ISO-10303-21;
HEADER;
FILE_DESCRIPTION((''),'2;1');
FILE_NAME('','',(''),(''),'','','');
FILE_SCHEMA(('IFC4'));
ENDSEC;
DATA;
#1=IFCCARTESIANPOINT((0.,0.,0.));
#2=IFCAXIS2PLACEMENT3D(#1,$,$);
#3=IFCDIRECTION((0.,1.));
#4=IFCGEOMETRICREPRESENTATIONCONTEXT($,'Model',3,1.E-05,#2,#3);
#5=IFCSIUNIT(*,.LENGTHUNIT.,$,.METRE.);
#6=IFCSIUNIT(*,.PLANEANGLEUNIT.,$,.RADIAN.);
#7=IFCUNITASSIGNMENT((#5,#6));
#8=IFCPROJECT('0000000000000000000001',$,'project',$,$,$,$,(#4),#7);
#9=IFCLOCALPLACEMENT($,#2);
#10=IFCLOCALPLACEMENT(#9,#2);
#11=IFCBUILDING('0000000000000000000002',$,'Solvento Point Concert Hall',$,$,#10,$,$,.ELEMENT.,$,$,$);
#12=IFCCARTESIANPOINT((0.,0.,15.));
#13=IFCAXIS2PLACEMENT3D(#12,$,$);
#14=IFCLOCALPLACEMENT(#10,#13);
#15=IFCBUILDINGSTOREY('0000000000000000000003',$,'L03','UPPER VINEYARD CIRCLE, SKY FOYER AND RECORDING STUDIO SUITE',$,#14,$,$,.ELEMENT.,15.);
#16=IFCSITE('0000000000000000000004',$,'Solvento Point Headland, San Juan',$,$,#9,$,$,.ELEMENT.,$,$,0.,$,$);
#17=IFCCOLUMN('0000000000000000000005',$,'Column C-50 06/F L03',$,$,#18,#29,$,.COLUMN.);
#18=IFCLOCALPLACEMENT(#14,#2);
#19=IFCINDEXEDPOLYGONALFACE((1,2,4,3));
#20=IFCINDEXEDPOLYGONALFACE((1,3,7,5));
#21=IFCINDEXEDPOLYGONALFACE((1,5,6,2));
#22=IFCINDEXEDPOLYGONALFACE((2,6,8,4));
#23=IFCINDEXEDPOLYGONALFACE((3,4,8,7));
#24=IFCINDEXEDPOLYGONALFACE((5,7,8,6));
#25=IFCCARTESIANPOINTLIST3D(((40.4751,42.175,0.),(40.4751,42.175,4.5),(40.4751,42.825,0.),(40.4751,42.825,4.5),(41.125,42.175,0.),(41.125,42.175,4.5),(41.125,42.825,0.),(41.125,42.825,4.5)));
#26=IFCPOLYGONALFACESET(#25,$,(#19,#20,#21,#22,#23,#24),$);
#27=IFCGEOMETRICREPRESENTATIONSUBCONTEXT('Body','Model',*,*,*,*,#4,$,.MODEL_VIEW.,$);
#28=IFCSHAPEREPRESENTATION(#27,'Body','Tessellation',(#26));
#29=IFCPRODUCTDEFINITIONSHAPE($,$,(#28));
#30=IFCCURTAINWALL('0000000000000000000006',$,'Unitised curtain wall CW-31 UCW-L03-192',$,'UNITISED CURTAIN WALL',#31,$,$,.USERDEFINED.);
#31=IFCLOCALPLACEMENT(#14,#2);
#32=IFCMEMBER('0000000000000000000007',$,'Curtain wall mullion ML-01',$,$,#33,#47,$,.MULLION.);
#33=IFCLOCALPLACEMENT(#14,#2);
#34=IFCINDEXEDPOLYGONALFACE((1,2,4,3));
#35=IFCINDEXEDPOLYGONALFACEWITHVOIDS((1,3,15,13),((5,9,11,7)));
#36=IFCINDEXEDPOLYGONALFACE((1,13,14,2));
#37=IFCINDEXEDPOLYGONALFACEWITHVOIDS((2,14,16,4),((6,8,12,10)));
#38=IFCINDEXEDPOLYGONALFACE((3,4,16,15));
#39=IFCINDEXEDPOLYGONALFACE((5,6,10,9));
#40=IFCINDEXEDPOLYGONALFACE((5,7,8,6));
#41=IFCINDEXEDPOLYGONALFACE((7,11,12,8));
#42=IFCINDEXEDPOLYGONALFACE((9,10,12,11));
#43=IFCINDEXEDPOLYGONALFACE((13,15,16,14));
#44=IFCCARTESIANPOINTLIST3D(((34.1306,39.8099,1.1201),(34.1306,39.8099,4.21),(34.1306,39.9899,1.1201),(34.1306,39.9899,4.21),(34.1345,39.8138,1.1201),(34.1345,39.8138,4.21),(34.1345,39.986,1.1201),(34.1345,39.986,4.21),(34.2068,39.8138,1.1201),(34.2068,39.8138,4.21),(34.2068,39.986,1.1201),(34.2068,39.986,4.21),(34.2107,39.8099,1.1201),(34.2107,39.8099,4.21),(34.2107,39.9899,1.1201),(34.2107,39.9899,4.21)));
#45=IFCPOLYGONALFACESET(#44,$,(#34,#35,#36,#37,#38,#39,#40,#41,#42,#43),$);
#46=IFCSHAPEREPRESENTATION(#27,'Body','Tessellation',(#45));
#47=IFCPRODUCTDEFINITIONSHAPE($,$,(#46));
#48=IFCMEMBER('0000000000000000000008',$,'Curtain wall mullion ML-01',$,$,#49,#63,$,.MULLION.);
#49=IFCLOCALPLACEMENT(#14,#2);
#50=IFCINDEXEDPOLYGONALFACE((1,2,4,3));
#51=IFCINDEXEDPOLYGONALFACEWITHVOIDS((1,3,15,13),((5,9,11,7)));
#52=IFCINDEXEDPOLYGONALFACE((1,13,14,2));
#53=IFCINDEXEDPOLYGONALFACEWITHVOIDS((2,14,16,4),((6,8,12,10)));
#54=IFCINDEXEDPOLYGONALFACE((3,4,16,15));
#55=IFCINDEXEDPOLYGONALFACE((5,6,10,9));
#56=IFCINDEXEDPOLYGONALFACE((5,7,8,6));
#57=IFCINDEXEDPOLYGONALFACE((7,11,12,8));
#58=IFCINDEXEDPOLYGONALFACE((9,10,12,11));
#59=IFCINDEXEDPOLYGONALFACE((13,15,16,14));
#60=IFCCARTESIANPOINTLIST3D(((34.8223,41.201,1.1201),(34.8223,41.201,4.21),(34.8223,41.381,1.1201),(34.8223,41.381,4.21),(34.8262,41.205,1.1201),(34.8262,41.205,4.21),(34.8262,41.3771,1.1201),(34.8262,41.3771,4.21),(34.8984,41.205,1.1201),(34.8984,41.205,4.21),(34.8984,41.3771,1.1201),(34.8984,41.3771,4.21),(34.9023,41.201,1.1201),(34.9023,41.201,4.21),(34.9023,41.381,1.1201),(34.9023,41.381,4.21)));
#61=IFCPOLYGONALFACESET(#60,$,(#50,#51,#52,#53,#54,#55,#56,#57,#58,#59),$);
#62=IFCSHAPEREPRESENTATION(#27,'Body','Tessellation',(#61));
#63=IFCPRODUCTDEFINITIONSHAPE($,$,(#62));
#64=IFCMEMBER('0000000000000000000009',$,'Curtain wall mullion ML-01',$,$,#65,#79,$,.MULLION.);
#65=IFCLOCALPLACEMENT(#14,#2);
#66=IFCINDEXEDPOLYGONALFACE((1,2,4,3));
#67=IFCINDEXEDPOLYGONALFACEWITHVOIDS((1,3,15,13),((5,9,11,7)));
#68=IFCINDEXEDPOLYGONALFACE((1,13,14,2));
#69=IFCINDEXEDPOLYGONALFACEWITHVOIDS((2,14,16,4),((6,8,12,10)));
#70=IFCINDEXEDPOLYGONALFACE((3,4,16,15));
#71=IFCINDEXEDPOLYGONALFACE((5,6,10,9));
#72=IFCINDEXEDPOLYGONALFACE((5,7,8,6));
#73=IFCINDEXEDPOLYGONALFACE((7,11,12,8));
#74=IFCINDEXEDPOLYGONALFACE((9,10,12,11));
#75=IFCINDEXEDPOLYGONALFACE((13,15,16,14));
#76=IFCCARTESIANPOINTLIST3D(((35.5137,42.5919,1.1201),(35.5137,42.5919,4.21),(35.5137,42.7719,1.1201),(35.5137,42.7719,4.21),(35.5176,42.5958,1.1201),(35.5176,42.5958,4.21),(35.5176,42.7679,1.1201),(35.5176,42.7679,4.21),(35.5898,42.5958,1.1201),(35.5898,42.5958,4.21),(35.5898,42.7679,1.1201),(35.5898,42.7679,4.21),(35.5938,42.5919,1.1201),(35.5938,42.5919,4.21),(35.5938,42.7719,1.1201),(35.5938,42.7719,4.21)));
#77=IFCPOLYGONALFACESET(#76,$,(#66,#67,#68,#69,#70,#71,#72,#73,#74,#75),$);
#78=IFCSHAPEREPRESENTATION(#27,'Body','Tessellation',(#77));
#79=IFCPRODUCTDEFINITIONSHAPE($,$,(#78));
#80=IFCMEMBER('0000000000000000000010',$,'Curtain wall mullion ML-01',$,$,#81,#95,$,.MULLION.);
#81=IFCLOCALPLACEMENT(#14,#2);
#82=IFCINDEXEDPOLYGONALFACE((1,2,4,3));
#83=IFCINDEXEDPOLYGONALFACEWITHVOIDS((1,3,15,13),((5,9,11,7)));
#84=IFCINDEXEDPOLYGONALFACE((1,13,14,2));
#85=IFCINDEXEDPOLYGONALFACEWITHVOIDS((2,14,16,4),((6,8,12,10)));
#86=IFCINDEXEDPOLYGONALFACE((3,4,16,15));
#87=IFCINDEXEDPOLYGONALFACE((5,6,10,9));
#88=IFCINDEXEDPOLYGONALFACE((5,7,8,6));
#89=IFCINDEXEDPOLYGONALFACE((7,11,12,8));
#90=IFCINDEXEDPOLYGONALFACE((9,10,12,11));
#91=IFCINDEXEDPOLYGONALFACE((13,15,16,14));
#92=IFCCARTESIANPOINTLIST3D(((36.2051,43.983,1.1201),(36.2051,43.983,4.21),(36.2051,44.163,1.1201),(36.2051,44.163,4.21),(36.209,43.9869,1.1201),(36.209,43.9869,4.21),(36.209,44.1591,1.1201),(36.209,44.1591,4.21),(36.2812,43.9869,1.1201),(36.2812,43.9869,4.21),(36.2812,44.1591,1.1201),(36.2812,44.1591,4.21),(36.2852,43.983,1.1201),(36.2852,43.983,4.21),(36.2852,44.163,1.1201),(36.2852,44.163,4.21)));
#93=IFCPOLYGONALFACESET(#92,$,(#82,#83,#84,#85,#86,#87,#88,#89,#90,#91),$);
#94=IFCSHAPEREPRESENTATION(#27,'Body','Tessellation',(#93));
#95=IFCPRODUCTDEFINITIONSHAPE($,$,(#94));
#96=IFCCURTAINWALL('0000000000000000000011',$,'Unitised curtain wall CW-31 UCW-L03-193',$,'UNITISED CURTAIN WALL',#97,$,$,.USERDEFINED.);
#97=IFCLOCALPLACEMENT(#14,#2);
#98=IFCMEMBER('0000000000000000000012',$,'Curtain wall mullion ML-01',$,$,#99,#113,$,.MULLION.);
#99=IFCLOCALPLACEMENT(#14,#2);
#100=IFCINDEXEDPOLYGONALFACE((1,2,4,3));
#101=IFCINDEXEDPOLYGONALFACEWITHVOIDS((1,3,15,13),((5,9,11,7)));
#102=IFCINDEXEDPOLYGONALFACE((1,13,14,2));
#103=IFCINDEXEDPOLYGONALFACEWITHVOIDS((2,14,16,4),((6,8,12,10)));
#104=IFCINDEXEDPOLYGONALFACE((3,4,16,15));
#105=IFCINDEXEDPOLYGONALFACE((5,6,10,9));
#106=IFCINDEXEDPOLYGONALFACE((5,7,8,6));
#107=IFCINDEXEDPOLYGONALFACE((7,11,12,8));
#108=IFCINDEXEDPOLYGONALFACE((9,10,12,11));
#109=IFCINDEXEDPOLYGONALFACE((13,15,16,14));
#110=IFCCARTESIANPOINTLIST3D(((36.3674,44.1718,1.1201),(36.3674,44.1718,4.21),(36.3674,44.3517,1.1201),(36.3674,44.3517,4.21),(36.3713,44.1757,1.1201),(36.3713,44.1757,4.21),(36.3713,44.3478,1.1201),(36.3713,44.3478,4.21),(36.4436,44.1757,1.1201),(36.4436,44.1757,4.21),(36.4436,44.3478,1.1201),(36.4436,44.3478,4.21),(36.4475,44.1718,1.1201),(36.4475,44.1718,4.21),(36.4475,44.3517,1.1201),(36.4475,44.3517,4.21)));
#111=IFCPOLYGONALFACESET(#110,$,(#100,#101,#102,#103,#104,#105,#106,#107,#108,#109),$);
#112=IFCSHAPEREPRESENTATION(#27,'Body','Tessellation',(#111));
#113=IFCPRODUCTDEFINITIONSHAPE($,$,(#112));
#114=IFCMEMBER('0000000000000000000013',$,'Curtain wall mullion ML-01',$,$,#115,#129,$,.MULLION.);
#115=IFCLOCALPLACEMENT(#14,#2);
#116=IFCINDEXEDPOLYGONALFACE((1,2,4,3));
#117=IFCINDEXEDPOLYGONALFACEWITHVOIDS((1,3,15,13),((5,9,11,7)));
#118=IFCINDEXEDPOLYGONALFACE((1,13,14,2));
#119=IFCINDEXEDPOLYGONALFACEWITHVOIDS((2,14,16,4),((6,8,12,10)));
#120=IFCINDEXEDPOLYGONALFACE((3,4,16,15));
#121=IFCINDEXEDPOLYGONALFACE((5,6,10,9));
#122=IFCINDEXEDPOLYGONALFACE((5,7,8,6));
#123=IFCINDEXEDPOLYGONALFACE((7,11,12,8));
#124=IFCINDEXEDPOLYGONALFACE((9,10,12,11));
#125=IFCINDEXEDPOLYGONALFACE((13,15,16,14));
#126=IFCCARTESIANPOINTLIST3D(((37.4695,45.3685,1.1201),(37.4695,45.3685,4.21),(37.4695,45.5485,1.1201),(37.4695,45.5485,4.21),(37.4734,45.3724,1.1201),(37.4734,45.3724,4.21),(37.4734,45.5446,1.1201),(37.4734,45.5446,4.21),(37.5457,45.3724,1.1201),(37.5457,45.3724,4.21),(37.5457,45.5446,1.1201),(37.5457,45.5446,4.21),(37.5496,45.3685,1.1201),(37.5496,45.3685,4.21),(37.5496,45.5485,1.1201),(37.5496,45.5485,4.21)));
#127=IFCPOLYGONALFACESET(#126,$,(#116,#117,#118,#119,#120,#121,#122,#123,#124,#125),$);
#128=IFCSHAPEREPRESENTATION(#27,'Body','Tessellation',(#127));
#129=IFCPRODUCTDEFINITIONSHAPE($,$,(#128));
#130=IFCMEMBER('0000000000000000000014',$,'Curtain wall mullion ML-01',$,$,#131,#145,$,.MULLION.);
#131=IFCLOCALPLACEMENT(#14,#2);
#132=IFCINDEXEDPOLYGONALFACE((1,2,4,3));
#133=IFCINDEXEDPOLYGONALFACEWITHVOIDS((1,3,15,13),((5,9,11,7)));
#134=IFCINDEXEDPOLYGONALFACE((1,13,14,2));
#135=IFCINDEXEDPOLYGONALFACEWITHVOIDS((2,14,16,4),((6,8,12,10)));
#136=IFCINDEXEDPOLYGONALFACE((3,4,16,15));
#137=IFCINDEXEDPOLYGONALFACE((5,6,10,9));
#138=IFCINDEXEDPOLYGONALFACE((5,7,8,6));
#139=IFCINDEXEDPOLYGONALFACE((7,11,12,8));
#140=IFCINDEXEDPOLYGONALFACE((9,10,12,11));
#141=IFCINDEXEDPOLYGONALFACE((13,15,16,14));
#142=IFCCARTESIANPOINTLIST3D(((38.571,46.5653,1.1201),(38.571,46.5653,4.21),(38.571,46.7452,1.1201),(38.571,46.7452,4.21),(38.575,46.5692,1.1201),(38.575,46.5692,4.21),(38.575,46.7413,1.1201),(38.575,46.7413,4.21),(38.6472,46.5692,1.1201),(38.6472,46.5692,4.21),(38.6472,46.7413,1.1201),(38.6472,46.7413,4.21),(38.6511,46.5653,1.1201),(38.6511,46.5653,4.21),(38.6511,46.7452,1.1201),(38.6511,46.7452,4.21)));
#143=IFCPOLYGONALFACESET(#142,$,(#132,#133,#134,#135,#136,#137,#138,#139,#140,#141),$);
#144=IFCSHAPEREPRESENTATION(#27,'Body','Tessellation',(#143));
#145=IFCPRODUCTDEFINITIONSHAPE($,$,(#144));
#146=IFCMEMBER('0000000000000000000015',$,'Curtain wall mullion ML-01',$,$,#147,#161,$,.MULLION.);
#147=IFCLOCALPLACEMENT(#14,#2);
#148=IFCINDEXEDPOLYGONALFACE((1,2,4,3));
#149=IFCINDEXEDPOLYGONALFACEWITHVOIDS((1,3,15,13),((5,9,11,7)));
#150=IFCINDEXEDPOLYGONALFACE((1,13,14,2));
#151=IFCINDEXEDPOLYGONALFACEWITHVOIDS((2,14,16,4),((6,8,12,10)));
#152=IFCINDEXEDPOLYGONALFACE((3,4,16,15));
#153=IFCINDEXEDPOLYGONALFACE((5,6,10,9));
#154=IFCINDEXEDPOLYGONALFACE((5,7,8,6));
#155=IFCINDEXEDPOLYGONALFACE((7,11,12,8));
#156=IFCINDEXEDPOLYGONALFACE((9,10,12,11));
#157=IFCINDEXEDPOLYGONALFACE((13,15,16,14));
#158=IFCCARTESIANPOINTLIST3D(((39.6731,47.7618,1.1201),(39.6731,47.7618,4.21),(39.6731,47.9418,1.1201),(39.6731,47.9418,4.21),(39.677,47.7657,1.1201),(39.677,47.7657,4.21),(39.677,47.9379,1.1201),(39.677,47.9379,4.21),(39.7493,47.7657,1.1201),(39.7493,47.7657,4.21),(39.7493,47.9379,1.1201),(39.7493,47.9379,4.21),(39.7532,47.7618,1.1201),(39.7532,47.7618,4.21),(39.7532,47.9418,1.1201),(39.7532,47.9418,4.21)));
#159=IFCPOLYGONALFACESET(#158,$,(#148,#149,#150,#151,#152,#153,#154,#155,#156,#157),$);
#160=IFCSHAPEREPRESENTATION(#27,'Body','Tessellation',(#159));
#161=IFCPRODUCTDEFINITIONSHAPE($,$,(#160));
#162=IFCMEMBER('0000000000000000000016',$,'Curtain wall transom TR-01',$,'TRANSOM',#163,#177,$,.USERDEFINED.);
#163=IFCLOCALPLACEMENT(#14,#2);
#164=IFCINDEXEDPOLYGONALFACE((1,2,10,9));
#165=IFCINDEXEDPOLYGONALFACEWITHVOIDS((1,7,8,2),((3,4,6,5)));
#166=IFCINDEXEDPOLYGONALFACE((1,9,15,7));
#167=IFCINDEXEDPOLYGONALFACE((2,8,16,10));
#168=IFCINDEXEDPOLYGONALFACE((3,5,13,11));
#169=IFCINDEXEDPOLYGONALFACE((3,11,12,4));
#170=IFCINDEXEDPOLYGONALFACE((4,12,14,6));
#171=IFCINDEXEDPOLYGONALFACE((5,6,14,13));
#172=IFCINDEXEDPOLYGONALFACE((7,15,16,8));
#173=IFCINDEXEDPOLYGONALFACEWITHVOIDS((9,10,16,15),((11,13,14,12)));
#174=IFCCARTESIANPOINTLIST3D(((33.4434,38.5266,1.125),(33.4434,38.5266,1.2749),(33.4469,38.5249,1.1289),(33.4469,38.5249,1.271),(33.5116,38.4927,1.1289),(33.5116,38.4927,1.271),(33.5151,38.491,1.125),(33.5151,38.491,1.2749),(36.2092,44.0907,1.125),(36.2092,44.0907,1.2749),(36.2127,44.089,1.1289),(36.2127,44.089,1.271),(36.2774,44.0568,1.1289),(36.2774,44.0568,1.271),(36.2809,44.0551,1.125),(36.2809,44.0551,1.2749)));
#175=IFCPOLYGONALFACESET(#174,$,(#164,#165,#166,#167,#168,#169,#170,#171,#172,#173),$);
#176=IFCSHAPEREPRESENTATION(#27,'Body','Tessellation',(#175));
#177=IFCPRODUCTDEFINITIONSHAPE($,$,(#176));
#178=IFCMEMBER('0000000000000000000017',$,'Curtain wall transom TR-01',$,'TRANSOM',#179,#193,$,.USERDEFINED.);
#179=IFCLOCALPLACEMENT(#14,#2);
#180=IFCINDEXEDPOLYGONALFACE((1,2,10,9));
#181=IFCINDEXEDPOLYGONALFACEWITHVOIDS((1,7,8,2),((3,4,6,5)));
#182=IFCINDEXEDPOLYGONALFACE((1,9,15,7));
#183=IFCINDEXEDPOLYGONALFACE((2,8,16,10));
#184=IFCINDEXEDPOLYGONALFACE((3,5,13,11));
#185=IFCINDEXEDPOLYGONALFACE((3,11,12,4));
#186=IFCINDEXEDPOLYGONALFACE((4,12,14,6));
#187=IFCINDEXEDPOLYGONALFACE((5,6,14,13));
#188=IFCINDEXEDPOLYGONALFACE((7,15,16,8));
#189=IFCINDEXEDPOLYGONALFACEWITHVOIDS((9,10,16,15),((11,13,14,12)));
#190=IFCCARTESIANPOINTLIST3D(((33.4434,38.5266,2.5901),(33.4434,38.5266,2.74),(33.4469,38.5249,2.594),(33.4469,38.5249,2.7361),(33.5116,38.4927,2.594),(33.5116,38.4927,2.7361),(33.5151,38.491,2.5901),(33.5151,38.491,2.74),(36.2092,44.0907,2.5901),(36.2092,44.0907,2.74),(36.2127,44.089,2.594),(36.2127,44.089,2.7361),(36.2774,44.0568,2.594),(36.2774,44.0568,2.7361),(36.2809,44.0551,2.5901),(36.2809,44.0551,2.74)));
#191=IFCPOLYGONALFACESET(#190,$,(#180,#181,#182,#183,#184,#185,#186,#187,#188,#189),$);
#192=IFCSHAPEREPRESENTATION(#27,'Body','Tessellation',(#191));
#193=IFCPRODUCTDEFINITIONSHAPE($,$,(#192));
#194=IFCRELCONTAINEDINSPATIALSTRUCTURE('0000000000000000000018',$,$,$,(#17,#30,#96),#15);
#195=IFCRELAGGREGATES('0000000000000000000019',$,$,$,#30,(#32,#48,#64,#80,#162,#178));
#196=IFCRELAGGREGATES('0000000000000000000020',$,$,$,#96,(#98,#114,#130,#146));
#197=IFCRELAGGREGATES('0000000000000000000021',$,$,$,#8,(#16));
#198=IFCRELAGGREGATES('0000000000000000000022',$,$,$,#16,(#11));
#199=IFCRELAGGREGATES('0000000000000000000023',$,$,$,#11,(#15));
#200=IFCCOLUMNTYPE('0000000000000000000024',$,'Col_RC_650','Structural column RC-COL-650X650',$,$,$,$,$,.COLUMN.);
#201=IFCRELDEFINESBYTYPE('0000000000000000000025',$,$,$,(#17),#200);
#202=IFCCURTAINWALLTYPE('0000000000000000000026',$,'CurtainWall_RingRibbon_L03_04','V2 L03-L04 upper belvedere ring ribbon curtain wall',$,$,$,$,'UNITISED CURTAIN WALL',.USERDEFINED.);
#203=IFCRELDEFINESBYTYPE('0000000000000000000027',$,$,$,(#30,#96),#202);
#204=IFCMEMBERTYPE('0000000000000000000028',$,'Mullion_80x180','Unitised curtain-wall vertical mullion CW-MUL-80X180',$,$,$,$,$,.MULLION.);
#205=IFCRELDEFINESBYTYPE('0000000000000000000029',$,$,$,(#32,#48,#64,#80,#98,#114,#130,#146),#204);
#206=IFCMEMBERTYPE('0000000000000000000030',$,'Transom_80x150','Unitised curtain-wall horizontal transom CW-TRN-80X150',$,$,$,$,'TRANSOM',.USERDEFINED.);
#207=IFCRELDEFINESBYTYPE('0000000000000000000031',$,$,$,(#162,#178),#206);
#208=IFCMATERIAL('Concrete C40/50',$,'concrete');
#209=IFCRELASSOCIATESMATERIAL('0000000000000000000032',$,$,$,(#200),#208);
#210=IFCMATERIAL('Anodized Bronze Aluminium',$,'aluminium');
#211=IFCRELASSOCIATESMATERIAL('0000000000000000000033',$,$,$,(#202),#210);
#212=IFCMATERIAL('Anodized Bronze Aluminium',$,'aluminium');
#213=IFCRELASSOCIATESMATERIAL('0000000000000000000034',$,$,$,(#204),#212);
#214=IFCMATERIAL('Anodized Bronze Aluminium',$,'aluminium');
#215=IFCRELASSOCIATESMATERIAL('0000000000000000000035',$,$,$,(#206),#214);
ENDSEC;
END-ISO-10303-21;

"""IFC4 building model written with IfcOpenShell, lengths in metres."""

from ifc_helpers import new_model, si_unit, direction, frame, origin, origin_2d, place, context, subcontext, project, spatial, rectangle, hollow_rectangle, extrude, material, material_profile, profile_set, type_object, element, aggregate, save


model = new_model("IFC4")

# Units and contexts
model_context = context("Model", 3, precision=1e-05, world=origin(), true_north=direction((0.0, 1.0)))
body_context = subcontext(model_context, "Body", "Model", "MODEL_VIEW")
ifc_project = project(units=[si_unit("LENGTHUNIT", "METRE"), si_unit("PLANEANGLEUNIT", "RADIAN")], contexts=[model_context])

# Site, building, storey
site_placement = place(None, origin())
site = spatial("IfcSite", under=ifc_project, at=site_placement, Name="Solvento Point Headland, San Juan", CompositionType="ELEMENT", RefElevation=0.0)
building_placement = place(site_placement, origin())
building = spatial("IfcBuilding", under=site, at=building_placement, Name="Solvento Point Concert Hall", CompositionType="ELEMENT")
storey_placement = place(building_placement, frame((0.0, 0.0, 15.0)))
storey = spatial("IfcBuildingStorey", under=building, at=storey_placement, Name="L03", Description="UPPER VINEYARD CIRCLE, SKY FOYER AND RECORDING STUDIO SUITE", CompositionType="ELEMENT", Elevation=15.0)

# Column
ifc_material_1 = material(Name="Concrete C40/50", Category="concrete")
ifc_material_profile_1 = material_profile(ifc_material_1, rectangle(XDim=0.6499, YDim=0.6499, at=origin_2d()), Name="RC-COL-650X650")
ifc_profile_set_1 = profile_set([ifc_material_profile_1], Name="Concrete C40/50")
column_type = type_object("IfcColumnType", Name="Col_RC_650", Description="Structural column RC-COL-650X650", PredefinedType="COLUMN", material=ifc_profile_set_1)
column_placement = place(storey_placement, frame((40.8, 42.5, 0.0), z_axis=(0.0, 0.0, 1.0), x_axis=(1.0, 0.0, 0.0)))
element("IfcColumn", 1, at=column_placement, inside=storey, type_object=column_type, Name="Column C-50 06/F L03", PredefinedType="COLUMN", context=body_context, shape_type="SweptSolid", body=[
    extrude(rectangle(XDim=0.6499, YDim=0.6499, at=origin_2d()), origin(), (0.0, 0.0, 1.0), 4.5),
])

# Curtain walls, members
ifc_material_2 = material(Name="Anodized Bronze Aluminium", Category="aluminium")
curtain_wall_type = type_object("IfcCurtainWallType", Name="CurtainWall_RingRibbon_L03_04", Description="V2 L03-L04 upper belvedere ring ribbon curtain wall", ElementType="UNITISED CURTAIN WALL", PredefinedType="USERDEFINED", material=ifc_material_2)
curtain_wall_1_placement = place(storey_placement, origin())
curtain_wall_1 = element("IfcCurtainWall", 2, at=curtain_wall_1_placement, inside=storey, type_object=curtain_wall_type, Name="Unitised curtain wall CW-31 UCW-L03-192", ObjectType="UNITISED CURTAIN WALL", PredefinedType="USERDEFINED")
ifc_material_3 = material(Name="Anodized Bronze Aluminium", Category="aluminium")
ifc_material_profile_2 = material_profile(ifc_material_3, hollow_rectangle(XDim=0.0801, YDim=0.1799, WallThickness=0.0039, at=origin_2d()), Name="CW-MUL-80X180")
ifc_profile_set_2 = profile_set([ifc_material_profile_2], Name="Anodized Bronze Aluminium")
member_type_1 = type_object("IfcMemberType", Name="Mullion_80x180", Description="Unitised curtain-wall vertical mullion CW-MUL-80X180", PredefinedType="MULLION", material=ifc_profile_set_2)
member_1_placement = place(storey_placement, frame((34.1707, 39.8999, 1.1201), z_axis=(0.0, 0.0, 1.0), x_axis=(1.0, 0.0, 0.0)))
member_1 = element("IfcMember", 3, at=member_1_placement, type_object=member_type_1, Name="Curtain wall mullion ML-01", PredefinedType="MULLION", context=body_context, shape_type="SweptSolid", body=[
    extrude(hollow_rectangle(XDim=0.0801, YDim=0.1799, WallThickness=0.0039, at=origin_2d()), origin(), (0.0, 0.0, 1.0), 3.0898),
])
member_2_placement = place(storey_placement, frame((34.8623, 41.291, 1.1201), z_axis=(0.0, 0.0, 1.0), x_axis=(1.0, 0.0, 0.0)))
member_2 = element("IfcMember", 4, at=member_2_placement, type_object=member_type_1, Name="Curtain wall mullion ML-01", PredefinedType="MULLION", context=body_context, shape_type="SweptSolid", body=[
    extrude(hollow_rectangle(XDim=0.0801, YDim=0.1799, WallThickness=0.0039, at=origin_2d()), origin(), (0.0, 0.0, 1.0), 3.0898),
])
member_3_placement = place(storey_placement, frame((35.5537, 42.6819, 1.1201), z_axis=(0.0, 0.0, 1.0), x_axis=(1.0, 0.0, 0.0)))
member_3 = element("IfcMember", 5, at=member_3_placement, type_object=member_type_1, Name="Curtain wall mullion ML-01", PredefinedType="MULLION", context=body_context, shape_type="SweptSolid", body=[
    extrude(hollow_rectangle(XDim=0.0801, YDim=0.1799, WallThickness=0.0039, at=origin_2d()), origin(), (0.0, 0.0, 1.0), 3.0898),
])
member_4_placement = place(storey_placement, frame((36.2451, 44.073, 1.1201), z_axis=(0.0, 0.0, 1.0), x_axis=(1.0, 0.0, 0.0)))
member_4 = element("IfcMember", 6, at=member_4_placement, type_object=member_type_1, Name="Curtain wall mullion ML-01", PredefinedType="MULLION", context=body_context, shape_type="SweptSolid", body=[
    extrude(hollow_rectangle(XDim=0.0801, YDim=0.1799, WallThickness=0.0039, at=origin_2d()), origin(), (0.0, 0.0, 1.0), 3.0898),
])
curtain_wall_2_placement = place(storey_placement, origin())
curtain_wall_2 = element("IfcCurtainWall", 7, at=curtain_wall_2_placement, inside=storey, type_object=curtain_wall_type, Name="Unitised curtain wall CW-31 UCW-L03-193", ObjectType="UNITISED CURTAIN WALL", PredefinedType="USERDEFINED")
member_5_placement = place(storey_placement, frame((36.4075, 44.2617, 1.1201), z_axis=(0.0, 0.0, 1.0), x_axis=(1.0, 0.0, 0.0)))
member_5 = element("IfcMember", 8, at=member_5_placement, type_object=member_type_1, Name="Curtain wall mullion ML-01", PredefinedType="MULLION", context=body_context, shape_type="SweptSolid", body=[
    extrude(hollow_rectangle(XDim=0.0801, YDim=0.1799, WallThickness=0.0039, at=origin_2d()), origin(), (0.0, 0.0, 1.0), 3.0898),
])
member_6_placement = place(storey_placement, frame((37.5095, 45.4585, 1.1201), z_axis=(0.0, 0.0, 1.0), x_axis=(1.0, 0.0, 0.0)))
member_6 = element("IfcMember", 9, at=member_6_placement, type_object=member_type_1, Name="Curtain wall mullion ML-01", PredefinedType="MULLION", context=body_context, shape_type="SweptSolid", body=[
    extrude(hollow_rectangle(XDim=0.0801, YDim=0.1799, WallThickness=0.0039, at=origin_2d()), origin(), (0.0, 0.0, 1.0), 3.0898),
])
member_7_placement = place(storey_placement, frame((38.6111, 46.6553, 1.1201), z_axis=(0.0, 0.0, 1.0), x_axis=(1.0, 0.0, 0.0)))
member_7 = element("IfcMember", 10, at=member_7_placement, type_object=member_type_1, Name="Curtain wall mullion ML-01", PredefinedType="MULLION", context=body_context, shape_type="SweptSolid", body=[
    extrude(hollow_rectangle(XDim=0.0801, YDim=0.1799, WallThickness=0.0039, at=origin_2d()), origin(), (0.0, 0.0, 1.0), 3.0898),
])
member_8_placement = place(storey_placement, frame((39.7131, 47.8518, 1.1201), z_axis=(0.0, 0.0, 1.0), x_axis=(1.0, 0.0, 0.0)))
member_8 = element("IfcMember", 11, at=member_8_placement, type_object=member_type_1, Name="Curtain wall mullion ML-01", PredefinedType="MULLION", context=body_context, shape_type="SweptSolid", body=[
    extrude(hollow_rectangle(XDim=0.0801, YDim=0.1799, WallThickness=0.0039, at=origin_2d()), origin(), (0.0, 0.0, 1.0), 3.0898),
])

# Members
ifc_material_4 = material(Name="Anodized Bronze Aluminium", Category="aluminium")
ifc_material_profile_3 = material_profile(ifc_material_4, hollow_rectangle(XDim=0.0801, YDim=0.1499, WallThickness=0.0039, at=origin_2d()), Name="CW-TRN-80X150")
ifc_profile_set_3 = profile_set([ifc_material_profile_3], Name="Anodized Bronze Aluminium")
member_type_2 = type_object("IfcMemberType", Name="Transom_80x150", Description="Unitised curtain-wall horizontal transom CW-TRN-80X150", ElementType="TRANSOM", PredefinedType="USERDEFINED", material=ifc_profile_set_3)
member_9_placement = place(storey_placement, frame((33.4792, 38.5088, 1.2), z_axis=(0.445122, 0.89547, 0.0), x_axis=(-0.89547, 0.445122, 0.0)))
member_9 = element("IfcMember", 12, at=member_9_placement, type_object=member_type_2, Name="Curtain wall transom TR-01", ObjectType="TRANSOM", PredefinedType="USERDEFINED", context=body_context, shape_type="SweptSolid", body=[
    extrude(hollow_rectangle(XDim=0.0801, YDim=0.1499, WallThickness=0.0039, at=origin_2d()), origin(), (0.0, 0.0, 1.0), 6.2136),
])
member_10_placement = place(storey_placement, frame((33.4792, 38.5088, 2.665), z_axis=(0.445122, 0.89547, 0.0), x_axis=(-0.89547, 0.445122, 0.0)))
member_10 = element("IfcMember", 13, at=member_10_placement, type_object=member_type_2, Name="Curtain wall transom TR-01", ObjectType="TRANSOM", PredefinedType="USERDEFINED", context=body_context, shape_type="SweptSolid", body=[
    extrude(hollow_rectangle(XDim=0.0801, YDim=0.1499, WallThickness=0.0039, at=origin_2d()), origin(), (0.0, 0.0, 1.0), 6.2136),
])

aggregate(curtain_wall_1, [member_1, member_2, member_3, member_4, member_9, member_10])
aggregate(curtain_wall_2, [member_5, member_6, member_7, member_8])

save(model, "model.ifc")
